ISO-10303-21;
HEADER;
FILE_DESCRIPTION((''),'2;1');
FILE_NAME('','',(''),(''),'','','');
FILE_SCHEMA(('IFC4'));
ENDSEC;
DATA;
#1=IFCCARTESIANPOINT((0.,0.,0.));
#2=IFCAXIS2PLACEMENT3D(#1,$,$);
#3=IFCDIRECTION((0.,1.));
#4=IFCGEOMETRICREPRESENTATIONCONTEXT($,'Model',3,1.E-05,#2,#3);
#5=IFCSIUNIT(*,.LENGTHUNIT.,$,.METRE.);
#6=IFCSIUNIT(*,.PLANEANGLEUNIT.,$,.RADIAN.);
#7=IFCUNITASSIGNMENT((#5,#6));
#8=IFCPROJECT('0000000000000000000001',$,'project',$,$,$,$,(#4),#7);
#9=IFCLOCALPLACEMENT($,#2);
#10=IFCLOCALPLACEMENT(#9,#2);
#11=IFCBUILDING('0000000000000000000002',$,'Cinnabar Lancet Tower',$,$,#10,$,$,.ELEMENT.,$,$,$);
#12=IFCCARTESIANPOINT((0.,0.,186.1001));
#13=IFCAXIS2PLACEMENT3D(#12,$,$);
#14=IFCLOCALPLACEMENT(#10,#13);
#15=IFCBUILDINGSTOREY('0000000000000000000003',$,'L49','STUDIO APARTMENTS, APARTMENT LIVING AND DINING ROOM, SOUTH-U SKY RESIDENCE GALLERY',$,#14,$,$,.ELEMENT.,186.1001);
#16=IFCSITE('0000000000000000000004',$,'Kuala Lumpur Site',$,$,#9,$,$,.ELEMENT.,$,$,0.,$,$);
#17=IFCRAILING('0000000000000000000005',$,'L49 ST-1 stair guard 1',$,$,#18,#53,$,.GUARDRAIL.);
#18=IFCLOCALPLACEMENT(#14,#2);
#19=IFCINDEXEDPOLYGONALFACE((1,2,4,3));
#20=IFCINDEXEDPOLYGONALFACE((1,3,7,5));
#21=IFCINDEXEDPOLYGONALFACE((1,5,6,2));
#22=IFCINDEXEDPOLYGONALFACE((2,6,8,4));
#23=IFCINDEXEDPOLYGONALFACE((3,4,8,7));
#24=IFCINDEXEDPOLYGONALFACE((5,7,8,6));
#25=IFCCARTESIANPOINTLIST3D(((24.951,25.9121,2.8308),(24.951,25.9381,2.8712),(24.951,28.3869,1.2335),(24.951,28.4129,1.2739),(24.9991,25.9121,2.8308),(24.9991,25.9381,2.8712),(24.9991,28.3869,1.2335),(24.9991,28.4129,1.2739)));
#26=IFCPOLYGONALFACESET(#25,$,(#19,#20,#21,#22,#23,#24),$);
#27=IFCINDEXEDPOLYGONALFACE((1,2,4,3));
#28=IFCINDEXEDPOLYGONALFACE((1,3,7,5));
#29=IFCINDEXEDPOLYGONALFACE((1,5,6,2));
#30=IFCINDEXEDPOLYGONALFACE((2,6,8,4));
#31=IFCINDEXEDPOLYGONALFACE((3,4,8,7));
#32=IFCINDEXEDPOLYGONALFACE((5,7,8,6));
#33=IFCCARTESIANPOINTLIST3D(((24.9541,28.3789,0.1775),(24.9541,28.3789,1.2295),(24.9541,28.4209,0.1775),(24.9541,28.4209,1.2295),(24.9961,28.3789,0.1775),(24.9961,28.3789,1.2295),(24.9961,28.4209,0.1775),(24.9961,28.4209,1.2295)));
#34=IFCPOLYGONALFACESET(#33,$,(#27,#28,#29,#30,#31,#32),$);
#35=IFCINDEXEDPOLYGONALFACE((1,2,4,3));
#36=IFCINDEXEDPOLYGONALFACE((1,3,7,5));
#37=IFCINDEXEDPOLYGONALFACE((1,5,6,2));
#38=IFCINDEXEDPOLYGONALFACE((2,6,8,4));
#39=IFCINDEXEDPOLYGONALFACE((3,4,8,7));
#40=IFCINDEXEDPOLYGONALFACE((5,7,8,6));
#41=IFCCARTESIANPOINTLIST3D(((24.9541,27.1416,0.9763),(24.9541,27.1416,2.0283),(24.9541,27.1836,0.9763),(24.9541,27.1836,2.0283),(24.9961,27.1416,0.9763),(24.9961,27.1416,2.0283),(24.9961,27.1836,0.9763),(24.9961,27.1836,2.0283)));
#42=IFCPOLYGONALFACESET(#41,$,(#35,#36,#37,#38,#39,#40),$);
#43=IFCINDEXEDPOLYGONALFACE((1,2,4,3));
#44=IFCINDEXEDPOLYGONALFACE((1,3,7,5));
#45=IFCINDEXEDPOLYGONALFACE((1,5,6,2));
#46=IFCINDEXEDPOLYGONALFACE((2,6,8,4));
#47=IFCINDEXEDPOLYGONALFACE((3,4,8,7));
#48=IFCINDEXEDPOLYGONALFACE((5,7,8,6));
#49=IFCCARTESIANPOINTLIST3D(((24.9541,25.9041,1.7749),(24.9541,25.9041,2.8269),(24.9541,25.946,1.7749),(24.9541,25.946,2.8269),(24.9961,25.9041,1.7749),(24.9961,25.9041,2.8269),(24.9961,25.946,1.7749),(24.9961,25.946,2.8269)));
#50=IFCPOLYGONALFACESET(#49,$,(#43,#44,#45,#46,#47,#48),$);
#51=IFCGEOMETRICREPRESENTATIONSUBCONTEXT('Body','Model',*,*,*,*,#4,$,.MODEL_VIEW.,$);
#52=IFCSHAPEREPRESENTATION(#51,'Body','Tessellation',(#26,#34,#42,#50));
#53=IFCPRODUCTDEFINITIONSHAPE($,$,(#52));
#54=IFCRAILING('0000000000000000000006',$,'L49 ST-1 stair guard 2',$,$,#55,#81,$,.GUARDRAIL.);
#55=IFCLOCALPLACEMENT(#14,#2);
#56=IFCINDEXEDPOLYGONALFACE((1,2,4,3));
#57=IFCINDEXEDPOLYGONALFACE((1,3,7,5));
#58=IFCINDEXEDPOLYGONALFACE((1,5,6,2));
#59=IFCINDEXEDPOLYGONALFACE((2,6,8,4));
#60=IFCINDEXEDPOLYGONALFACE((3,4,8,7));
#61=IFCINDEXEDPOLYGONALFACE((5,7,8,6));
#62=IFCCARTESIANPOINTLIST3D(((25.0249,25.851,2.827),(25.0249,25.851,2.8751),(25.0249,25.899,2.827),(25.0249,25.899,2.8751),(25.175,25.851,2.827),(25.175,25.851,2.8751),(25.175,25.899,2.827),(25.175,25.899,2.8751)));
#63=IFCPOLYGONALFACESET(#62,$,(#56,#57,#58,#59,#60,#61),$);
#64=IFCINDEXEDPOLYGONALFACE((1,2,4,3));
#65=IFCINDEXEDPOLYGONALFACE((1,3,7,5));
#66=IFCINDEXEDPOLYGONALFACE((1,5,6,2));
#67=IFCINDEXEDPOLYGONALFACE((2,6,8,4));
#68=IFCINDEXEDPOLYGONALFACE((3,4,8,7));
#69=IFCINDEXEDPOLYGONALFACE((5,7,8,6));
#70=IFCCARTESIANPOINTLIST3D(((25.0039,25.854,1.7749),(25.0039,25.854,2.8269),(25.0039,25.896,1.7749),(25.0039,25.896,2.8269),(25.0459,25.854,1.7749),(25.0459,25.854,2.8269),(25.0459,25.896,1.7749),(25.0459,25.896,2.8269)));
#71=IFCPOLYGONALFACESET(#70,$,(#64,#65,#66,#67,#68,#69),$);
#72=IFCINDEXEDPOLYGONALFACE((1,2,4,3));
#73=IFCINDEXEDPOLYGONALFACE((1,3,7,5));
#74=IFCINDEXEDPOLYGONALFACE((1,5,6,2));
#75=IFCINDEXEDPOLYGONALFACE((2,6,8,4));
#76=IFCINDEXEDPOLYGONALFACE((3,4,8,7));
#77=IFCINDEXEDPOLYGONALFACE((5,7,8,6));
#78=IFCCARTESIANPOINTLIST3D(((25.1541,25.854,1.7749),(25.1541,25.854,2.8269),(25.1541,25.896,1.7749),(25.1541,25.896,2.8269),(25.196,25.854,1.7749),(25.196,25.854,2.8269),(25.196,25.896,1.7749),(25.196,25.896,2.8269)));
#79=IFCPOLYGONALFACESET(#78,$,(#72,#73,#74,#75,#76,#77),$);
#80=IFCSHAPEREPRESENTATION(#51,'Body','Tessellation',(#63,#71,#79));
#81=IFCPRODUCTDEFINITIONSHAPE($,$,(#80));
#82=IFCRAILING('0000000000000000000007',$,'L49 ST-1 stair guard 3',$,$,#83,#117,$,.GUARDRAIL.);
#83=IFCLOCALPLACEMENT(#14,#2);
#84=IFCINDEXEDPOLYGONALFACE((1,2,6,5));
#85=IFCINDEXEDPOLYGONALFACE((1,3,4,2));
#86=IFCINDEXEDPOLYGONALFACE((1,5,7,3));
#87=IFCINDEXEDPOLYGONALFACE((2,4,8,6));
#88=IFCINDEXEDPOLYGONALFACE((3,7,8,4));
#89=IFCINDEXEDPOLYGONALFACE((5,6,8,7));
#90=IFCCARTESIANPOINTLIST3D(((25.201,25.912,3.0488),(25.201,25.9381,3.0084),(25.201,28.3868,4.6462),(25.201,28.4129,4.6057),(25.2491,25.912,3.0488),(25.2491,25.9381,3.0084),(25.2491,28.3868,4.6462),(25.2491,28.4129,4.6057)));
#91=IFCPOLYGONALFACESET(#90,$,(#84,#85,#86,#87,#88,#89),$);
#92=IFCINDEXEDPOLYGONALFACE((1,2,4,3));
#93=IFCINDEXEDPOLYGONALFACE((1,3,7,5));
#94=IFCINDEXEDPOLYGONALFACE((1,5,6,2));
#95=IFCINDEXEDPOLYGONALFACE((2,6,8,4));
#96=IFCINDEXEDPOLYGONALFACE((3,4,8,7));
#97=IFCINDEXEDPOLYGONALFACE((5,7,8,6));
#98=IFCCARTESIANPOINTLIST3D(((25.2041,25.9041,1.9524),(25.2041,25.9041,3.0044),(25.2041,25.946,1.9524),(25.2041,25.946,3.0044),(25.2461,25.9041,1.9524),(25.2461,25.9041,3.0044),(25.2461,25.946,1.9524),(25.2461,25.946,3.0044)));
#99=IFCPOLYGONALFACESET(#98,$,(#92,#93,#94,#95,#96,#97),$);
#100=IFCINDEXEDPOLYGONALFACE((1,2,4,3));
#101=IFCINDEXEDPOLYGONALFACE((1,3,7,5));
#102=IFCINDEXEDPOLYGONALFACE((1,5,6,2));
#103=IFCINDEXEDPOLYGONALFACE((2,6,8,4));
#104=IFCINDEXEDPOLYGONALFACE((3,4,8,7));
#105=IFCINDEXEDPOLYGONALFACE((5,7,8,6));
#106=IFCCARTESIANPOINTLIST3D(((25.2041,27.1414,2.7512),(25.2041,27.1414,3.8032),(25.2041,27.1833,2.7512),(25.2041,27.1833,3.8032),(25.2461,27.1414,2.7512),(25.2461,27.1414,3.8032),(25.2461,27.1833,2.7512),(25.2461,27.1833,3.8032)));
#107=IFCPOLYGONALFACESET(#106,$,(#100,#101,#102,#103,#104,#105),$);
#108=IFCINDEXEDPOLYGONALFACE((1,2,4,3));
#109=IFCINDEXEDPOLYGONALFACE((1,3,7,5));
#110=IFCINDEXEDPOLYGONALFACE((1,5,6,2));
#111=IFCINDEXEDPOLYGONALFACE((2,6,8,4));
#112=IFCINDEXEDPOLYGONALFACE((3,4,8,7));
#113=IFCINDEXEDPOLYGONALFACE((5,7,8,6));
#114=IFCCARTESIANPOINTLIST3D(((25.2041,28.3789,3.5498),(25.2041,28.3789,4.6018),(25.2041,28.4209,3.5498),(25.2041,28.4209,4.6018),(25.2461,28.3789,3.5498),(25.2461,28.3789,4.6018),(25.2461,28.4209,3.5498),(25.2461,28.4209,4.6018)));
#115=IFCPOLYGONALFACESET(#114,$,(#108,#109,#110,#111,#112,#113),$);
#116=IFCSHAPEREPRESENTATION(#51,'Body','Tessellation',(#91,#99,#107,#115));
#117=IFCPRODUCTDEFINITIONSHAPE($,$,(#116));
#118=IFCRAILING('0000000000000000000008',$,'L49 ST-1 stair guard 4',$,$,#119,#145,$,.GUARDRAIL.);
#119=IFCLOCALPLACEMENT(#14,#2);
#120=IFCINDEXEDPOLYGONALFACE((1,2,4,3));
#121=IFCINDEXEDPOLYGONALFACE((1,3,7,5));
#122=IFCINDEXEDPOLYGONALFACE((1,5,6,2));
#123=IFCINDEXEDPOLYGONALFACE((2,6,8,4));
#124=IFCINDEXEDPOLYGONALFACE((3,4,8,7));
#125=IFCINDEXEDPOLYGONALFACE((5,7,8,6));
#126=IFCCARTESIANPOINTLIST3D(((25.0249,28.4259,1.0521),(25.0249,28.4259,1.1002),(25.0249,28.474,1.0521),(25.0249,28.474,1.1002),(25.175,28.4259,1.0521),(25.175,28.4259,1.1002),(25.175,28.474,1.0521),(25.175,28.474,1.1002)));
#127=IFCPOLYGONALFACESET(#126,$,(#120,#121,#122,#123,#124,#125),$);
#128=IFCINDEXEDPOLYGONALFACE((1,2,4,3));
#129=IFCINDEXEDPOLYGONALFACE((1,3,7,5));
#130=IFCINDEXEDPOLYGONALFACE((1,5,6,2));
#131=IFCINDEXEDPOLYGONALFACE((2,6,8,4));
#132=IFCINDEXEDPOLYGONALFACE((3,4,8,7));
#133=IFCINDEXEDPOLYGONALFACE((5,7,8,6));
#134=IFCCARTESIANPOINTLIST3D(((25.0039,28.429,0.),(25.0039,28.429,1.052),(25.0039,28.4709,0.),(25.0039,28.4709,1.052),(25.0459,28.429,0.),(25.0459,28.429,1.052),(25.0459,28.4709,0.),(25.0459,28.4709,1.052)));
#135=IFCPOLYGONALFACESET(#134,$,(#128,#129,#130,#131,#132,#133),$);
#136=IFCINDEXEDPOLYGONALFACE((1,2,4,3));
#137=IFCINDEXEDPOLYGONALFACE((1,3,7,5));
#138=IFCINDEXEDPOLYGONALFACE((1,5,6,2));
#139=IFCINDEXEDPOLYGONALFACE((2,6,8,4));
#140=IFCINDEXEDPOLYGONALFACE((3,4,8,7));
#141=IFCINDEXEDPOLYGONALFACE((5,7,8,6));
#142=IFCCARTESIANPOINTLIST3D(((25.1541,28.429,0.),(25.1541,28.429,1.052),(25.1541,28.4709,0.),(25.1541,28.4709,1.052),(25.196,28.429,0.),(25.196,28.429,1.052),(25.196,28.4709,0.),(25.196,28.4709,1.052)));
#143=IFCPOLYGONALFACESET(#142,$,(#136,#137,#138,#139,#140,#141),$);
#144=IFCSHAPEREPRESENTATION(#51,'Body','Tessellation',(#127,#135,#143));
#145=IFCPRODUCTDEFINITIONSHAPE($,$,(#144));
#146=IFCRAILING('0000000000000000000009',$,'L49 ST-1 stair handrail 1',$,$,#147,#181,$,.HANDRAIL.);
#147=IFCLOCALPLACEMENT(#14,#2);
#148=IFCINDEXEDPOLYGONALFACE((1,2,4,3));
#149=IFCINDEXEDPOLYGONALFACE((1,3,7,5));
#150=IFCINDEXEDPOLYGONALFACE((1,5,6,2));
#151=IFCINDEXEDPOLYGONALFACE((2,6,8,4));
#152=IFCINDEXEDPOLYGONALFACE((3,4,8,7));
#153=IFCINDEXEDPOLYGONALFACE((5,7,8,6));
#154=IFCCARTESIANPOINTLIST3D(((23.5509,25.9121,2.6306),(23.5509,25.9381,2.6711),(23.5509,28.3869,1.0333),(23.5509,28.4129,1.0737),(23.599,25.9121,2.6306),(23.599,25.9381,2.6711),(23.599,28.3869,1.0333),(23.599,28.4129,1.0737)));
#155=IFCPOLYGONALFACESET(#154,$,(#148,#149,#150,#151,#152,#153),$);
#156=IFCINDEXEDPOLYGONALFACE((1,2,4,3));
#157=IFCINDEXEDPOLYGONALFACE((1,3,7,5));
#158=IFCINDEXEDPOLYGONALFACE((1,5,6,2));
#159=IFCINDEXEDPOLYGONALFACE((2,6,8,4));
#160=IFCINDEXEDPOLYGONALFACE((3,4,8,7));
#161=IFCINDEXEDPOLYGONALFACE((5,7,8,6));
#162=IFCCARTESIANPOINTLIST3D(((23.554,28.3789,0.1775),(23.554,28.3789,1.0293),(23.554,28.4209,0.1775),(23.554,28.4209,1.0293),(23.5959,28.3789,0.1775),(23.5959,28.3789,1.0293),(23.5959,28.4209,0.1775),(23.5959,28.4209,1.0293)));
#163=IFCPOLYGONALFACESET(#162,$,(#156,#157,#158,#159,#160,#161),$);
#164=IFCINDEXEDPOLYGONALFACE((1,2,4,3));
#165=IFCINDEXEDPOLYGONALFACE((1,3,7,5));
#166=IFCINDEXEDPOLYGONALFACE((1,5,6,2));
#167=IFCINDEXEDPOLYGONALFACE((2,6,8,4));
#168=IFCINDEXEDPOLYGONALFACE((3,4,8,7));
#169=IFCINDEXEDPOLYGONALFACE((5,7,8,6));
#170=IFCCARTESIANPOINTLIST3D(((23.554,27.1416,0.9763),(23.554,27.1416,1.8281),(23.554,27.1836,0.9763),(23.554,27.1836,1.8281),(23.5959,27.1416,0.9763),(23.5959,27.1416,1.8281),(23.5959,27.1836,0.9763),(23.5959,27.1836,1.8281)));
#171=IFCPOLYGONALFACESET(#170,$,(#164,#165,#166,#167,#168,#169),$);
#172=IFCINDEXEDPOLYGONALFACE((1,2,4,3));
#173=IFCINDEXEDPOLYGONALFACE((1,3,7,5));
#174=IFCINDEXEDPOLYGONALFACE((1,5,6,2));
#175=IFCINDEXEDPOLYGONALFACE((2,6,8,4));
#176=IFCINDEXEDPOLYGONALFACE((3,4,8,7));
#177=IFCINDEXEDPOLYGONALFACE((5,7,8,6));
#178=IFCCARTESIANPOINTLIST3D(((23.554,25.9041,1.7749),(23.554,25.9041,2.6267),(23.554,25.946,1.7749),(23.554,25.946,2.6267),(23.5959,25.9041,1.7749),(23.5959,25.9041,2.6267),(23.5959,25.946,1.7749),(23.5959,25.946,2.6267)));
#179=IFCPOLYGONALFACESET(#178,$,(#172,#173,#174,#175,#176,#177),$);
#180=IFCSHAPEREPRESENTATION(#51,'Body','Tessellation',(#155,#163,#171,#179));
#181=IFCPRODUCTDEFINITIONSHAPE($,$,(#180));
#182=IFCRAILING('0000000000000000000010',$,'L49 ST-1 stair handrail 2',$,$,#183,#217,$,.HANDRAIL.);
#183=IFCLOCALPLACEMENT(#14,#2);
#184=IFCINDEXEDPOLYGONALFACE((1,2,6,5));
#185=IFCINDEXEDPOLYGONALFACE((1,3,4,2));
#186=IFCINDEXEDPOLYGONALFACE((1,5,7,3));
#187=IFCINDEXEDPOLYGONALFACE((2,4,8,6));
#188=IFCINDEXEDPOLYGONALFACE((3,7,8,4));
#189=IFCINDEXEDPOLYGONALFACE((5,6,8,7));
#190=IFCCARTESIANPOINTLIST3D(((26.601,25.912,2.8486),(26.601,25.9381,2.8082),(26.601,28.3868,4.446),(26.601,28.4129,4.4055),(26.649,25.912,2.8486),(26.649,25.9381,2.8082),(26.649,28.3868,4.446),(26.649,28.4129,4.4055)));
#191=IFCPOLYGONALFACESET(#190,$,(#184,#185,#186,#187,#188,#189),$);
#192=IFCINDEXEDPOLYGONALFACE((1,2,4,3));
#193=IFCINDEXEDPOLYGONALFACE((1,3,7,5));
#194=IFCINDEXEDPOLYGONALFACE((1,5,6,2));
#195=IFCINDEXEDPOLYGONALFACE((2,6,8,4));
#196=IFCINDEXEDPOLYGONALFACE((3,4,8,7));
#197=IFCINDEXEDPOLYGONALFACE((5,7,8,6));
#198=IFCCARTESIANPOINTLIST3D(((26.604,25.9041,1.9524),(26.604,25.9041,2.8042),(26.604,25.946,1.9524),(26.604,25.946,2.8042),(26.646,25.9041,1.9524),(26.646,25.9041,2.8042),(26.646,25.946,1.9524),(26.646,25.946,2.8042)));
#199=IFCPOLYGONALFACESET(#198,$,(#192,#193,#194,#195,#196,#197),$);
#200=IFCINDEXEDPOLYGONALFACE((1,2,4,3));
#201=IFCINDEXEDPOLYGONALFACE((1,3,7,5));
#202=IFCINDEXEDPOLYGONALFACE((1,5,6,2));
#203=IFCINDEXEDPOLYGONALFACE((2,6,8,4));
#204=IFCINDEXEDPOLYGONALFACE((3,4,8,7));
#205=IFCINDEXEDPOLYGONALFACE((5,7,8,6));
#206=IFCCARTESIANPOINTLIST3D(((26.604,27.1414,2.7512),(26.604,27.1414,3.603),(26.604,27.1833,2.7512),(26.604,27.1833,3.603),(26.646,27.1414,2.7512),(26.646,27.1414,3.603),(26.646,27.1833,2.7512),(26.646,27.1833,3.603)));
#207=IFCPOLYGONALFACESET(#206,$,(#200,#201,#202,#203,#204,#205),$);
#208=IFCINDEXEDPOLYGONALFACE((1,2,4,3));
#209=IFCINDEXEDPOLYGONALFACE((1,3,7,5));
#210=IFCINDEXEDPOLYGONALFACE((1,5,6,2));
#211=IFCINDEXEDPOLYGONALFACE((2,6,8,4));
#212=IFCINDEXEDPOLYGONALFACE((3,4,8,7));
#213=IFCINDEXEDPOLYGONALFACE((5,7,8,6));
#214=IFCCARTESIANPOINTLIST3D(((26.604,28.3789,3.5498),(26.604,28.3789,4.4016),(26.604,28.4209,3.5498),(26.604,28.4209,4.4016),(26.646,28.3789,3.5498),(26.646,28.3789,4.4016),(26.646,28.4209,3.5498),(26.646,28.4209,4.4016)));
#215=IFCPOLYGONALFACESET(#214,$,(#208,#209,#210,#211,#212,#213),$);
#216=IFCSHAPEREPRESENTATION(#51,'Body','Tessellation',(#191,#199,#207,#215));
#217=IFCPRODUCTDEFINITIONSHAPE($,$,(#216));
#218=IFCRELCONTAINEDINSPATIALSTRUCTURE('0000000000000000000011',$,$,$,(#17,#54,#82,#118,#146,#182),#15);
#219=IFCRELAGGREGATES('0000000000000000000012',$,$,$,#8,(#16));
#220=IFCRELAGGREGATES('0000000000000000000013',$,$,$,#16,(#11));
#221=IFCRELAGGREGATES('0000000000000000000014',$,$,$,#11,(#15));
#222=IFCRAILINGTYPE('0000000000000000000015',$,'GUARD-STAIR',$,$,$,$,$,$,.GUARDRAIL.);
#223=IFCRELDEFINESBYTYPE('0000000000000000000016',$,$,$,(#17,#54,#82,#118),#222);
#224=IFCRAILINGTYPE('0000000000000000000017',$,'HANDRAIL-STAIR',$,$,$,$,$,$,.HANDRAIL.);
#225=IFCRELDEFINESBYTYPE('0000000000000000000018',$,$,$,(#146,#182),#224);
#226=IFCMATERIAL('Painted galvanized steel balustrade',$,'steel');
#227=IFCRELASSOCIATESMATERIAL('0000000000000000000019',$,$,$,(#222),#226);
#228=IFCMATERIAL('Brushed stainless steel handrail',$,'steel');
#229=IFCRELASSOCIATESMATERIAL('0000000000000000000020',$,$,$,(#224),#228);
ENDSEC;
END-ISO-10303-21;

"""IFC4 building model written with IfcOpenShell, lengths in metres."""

from ifc_helpers import new_model, si_unit, direction, frame, origin, origin_2d, place, context, subcontext, project, spatial, rectangle, extrude, material, type_object, element, save


model = new_model("IFC4")

# Units and contexts
model_context = context("Model", 3, precision=1e-05, world=origin(), true_north=direction((0.0, 1.0)))
body_context = subcontext(model_context, "Body", "Model", "MODEL_VIEW")
ifc_project = project(units=[si_unit("LENGTHUNIT", "METRE"), si_unit("PLANEANGLEUNIT", "RADIAN")], contexts=[model_context])

# Site, building, storey
site_placement = place(None, origin())
site = spatial("IfcSite", under=ifc_project, at=site_placement, Name="Kuala Lumpur Site", CompositionType="ELEMENT", RefElevation=0.0)
building_placement = place(site_placement, origin())
building = spatial("IfcBuilding", under=site, at=building_placement, Name="Cinnabar Lancet Tower", CompositionType="ELEMENT")
storey_placement = place(building_placement, frame((0.0, 0.0, 186.1001)))
storey = spatial("IfcBuildingStorey", under=building, at=storey_placement, Name="L49", Description="STUDIO APARTMENTS, APARTMENT LIVING AND DINING ROOM, SOUTH-U SKY RESIDENCE GALLERY", CompositionType="ELEMENT", Elevation=186.1001)

# Railings
ifc_material_1 = material(Name="Painted galvanized steel balustrade", Category="steel")
railing_type_1 = type_object("IfcRailingType", Name="GUARD-STAIR", PredefinedType="GUARDRAIL", material=ifc_material_1)
railing_1_placement = place(storey_placement, frame((24.9751, 28.3999, 0.1775)))
element("IfcRailing", 1, at=railing_1_placement, inside=storey, type_object=railing_type_1, Name="L49 ST-1 stair guard 1", PredefinedType="GUARDRAIL", context=body_context, shape_type="SweptSolid", body=[
    extrude(rectangle(XDim=0.0481, YDim=0.0481, at=origin_2d()), frame((0.0, 0.0, 1.0762), z_axis=(0.0, -0.840183, 0.542302), x_axis=(1.0, 0.0, 0.0)), (0.0, 0.0, 1.0), 2.9456),
    extrude(rectangle(XDim=0.042, YDim=0.042, at=origin_2d()), origin(), (0.0, 0.0, 1.0), 1.052),
    extrude(rectangle(XDim=0.042, YDim=0.042, at=origin_2d()), frame((0.0, -1.2373, 0.7988)), (0.0, 0.0, 1.0), 1.052),
    extrude(rectangle(XDim=0.042, YDim=0.042, at=origin_2d()), frame((0.0, -2.4749, 1.5974)), (0.0, 0.0, 1.0), 1.052),
])
railing_2_placement = place(storey_placement, frame((25.0249, 25.875, 1.7749)))
element("IfcRailing", 2, at=railing_2_placement, inside=storey, type_object=railing_type_1, Name="L49 ST-1 stair guard 2", PredefinedType="GUARDRAIL", context=body_context, shape_type="SweptSolid", body=[
    extrude(rectangle(XDim=0.0481, YDim=0.0481, at=origin_2d()), frame((0.0, 0.0, 1.0762), z_axis=(1.0, 0.0, 0.0), x_axis=(0.0, 1.0, 0.0)), (0.0, 0.0, 1.0), 0.1501),
    extrude(rectangle(XDim=0.042, YDim=0.042, at=origin_2d()), origin(), (0.0, 0.0, 1.0), 1.052),
    extrude(rectangle(XDim=0.042, YDim=0.042, at=origin_2d()), frame((0.1501, 0.0, 0.0)), (0.0, 0.0, 1.0), 1.052),
])
railing_3_placement = place(storey_placement, frame((25.2251, 25.925, 1.9524)))
element("IfcRailing", 3, at=railing_3_placement, inside=storey, type_object=railing_type_1, Name="L49 ST-1 stair guard 3", PredefinedType="GUARDRAIL", context=body_context, shape_type="SweptSolid", body=[
    extrude(rectangle(XDim=0.0481, YDim=0.0481, at=origin_2d()), frame((0.0, 0.0, 1.0762), z_axis=(0.0, 0.840183, 0.542302), x_axis=(-1.0, 0.0, 0.0)), (0.0, 0.0, 1.0), 2.9456),
    extrude(rectangle(XDim=0.042, YDim=0.042, at=origin_2d()), origin(), (0.0, 0.0, 1.0), 1.052),
    extrude(rectangle(XDim=0.042, YDim=0.042, at=origin_2d()), frame((0.0, 1.2373, 0.7988)), (0.0, 0.0, 1.0), 1.052),
    extrude(rectangle(XDim=0.042, YDim=0.042, at=origin_2d()), frame((0.0, 2.4749, 1.5974)), (0.0, 0.0, 1.0), 1.052),
])
railing_4_placement = place(storey_placement, frame((25.0249, 28.45, 0.0)))
element("IfcRailing", 4, at=railing_4_placement, inside=storey, type_object=railing_type_1, Name="L49 ST-1 stair guard 4", PredefinedType="GUARDRAIL", context=body_context, shape_type="SweptSolid", body=[
    extrude(rectangle(XDim=0.0481, YDim=0.0481, at=origin_2d()), frame((0.0, 0.0, 1.0762), z_axis=(1.0, 0.0, 0.0), x_axis=(0.0, 1.0, 0.0)), (0.0, 0.0, 1.0), 0.1501),
    extrude(rectangle(XDim=0.042, YDim=0.042, at=origin_2d()), origin(), (0.0, 0.0, 1.0), 1.052),
    extrude(rectangle(XDim=0.042, YDim=0.042, at=origin_2d()), frame((0.1501, 0.0, 0.0)), (0.0, 0.0, 1.0), 1.052),
])
ifc_material_2 = material(Name="Brushed stainless steel handrail", Category="steel")
railing_type_2 = type_object("IfcRailingType", Name="HANDRAIL-STAIR", PredefinedType="HANDRAIL", material=ifc_material_2)
railing_5_placement = place(storey_placement, frame((23.575, 28.3999, 0.1775)))
element("IfcRailing", 5, at=railing_5_placement, inside=storey, type_object=railing_type_2, Name="L49 ST-1 stair handrail 1", PredefinedType="HANDRAIL", context=body_context, shape_type="SweptSolid", body=[
    extrude(rectangle(XDim=0.0481, YDim=0.0481, at=origin_2d()), frame((0.0, 0.0, 0.876), z_axis=(0.0, -0.840183, 0.542302), x_axis=(1.0, 0.0, 0.0)), (0.0, 0.0, 1.0), 2.9456),
    extrude(rectangle(XDim=0.042, YDim=0.042, at=origin_2d()), origin(), (0.0, 0.0, 1.0), 0.8518),
    extrude(rectangle(XDim=0.042, YDim=0.042, at=origin_2d()), frame((0.0, -1.2373, 0.7988)), (0.0, 0.0, 1.0), 0.8518),
    extrude(rectangle(XDim=0.042, YDim=0.042, at=origin_2d()), frame((0.0, -2.4749, 1.5974)), (0.0, 0.0, 1.0), 0.8518),
])
railing_6_placement = place(storey_placement, frame((26.625, 25.925, 1.9524)))
element("IfcRailing", 6, at=railing_6_placement, inside=storey, type_object=railing_type_2, Name="L49 ST-1 stair handrail 2", PredefinedType="HANDRAIL", context=body_context, shape_type="SweptSolid", body=[
    extrude(rectangle(XDim=0.0481, YDim=0.0481, at=origin_2d()), frame((0.0, 0.0, 0.876), z_axis=(0.0, 0.840183, 0.542302), x_axis=(-1.0, 0.0, 0.0)), (0.0, 0.0, 1.0), 2.9456),
    extrude(rectangle(XDim=0.042, YDim=0.042, at=origin_2d()), origin(), (0.0, 0.0, 1.0), 0.8518),
    extrude(rectangle(XDim=0.042, YDim=0.042, at=origin_2d()), frame((0.0, 1.2373, 0.7988)), (0.0, 0.0, 1.0), 0.8518),
    extrude(rectangle(XDim=0.042, YDim=0.042, at=origin_2d()), frame((0.0, 2.4749, 1.5974)), (0.0, 0.0, 1.0), 0.8518),
])

save(model, "model.ifc")
